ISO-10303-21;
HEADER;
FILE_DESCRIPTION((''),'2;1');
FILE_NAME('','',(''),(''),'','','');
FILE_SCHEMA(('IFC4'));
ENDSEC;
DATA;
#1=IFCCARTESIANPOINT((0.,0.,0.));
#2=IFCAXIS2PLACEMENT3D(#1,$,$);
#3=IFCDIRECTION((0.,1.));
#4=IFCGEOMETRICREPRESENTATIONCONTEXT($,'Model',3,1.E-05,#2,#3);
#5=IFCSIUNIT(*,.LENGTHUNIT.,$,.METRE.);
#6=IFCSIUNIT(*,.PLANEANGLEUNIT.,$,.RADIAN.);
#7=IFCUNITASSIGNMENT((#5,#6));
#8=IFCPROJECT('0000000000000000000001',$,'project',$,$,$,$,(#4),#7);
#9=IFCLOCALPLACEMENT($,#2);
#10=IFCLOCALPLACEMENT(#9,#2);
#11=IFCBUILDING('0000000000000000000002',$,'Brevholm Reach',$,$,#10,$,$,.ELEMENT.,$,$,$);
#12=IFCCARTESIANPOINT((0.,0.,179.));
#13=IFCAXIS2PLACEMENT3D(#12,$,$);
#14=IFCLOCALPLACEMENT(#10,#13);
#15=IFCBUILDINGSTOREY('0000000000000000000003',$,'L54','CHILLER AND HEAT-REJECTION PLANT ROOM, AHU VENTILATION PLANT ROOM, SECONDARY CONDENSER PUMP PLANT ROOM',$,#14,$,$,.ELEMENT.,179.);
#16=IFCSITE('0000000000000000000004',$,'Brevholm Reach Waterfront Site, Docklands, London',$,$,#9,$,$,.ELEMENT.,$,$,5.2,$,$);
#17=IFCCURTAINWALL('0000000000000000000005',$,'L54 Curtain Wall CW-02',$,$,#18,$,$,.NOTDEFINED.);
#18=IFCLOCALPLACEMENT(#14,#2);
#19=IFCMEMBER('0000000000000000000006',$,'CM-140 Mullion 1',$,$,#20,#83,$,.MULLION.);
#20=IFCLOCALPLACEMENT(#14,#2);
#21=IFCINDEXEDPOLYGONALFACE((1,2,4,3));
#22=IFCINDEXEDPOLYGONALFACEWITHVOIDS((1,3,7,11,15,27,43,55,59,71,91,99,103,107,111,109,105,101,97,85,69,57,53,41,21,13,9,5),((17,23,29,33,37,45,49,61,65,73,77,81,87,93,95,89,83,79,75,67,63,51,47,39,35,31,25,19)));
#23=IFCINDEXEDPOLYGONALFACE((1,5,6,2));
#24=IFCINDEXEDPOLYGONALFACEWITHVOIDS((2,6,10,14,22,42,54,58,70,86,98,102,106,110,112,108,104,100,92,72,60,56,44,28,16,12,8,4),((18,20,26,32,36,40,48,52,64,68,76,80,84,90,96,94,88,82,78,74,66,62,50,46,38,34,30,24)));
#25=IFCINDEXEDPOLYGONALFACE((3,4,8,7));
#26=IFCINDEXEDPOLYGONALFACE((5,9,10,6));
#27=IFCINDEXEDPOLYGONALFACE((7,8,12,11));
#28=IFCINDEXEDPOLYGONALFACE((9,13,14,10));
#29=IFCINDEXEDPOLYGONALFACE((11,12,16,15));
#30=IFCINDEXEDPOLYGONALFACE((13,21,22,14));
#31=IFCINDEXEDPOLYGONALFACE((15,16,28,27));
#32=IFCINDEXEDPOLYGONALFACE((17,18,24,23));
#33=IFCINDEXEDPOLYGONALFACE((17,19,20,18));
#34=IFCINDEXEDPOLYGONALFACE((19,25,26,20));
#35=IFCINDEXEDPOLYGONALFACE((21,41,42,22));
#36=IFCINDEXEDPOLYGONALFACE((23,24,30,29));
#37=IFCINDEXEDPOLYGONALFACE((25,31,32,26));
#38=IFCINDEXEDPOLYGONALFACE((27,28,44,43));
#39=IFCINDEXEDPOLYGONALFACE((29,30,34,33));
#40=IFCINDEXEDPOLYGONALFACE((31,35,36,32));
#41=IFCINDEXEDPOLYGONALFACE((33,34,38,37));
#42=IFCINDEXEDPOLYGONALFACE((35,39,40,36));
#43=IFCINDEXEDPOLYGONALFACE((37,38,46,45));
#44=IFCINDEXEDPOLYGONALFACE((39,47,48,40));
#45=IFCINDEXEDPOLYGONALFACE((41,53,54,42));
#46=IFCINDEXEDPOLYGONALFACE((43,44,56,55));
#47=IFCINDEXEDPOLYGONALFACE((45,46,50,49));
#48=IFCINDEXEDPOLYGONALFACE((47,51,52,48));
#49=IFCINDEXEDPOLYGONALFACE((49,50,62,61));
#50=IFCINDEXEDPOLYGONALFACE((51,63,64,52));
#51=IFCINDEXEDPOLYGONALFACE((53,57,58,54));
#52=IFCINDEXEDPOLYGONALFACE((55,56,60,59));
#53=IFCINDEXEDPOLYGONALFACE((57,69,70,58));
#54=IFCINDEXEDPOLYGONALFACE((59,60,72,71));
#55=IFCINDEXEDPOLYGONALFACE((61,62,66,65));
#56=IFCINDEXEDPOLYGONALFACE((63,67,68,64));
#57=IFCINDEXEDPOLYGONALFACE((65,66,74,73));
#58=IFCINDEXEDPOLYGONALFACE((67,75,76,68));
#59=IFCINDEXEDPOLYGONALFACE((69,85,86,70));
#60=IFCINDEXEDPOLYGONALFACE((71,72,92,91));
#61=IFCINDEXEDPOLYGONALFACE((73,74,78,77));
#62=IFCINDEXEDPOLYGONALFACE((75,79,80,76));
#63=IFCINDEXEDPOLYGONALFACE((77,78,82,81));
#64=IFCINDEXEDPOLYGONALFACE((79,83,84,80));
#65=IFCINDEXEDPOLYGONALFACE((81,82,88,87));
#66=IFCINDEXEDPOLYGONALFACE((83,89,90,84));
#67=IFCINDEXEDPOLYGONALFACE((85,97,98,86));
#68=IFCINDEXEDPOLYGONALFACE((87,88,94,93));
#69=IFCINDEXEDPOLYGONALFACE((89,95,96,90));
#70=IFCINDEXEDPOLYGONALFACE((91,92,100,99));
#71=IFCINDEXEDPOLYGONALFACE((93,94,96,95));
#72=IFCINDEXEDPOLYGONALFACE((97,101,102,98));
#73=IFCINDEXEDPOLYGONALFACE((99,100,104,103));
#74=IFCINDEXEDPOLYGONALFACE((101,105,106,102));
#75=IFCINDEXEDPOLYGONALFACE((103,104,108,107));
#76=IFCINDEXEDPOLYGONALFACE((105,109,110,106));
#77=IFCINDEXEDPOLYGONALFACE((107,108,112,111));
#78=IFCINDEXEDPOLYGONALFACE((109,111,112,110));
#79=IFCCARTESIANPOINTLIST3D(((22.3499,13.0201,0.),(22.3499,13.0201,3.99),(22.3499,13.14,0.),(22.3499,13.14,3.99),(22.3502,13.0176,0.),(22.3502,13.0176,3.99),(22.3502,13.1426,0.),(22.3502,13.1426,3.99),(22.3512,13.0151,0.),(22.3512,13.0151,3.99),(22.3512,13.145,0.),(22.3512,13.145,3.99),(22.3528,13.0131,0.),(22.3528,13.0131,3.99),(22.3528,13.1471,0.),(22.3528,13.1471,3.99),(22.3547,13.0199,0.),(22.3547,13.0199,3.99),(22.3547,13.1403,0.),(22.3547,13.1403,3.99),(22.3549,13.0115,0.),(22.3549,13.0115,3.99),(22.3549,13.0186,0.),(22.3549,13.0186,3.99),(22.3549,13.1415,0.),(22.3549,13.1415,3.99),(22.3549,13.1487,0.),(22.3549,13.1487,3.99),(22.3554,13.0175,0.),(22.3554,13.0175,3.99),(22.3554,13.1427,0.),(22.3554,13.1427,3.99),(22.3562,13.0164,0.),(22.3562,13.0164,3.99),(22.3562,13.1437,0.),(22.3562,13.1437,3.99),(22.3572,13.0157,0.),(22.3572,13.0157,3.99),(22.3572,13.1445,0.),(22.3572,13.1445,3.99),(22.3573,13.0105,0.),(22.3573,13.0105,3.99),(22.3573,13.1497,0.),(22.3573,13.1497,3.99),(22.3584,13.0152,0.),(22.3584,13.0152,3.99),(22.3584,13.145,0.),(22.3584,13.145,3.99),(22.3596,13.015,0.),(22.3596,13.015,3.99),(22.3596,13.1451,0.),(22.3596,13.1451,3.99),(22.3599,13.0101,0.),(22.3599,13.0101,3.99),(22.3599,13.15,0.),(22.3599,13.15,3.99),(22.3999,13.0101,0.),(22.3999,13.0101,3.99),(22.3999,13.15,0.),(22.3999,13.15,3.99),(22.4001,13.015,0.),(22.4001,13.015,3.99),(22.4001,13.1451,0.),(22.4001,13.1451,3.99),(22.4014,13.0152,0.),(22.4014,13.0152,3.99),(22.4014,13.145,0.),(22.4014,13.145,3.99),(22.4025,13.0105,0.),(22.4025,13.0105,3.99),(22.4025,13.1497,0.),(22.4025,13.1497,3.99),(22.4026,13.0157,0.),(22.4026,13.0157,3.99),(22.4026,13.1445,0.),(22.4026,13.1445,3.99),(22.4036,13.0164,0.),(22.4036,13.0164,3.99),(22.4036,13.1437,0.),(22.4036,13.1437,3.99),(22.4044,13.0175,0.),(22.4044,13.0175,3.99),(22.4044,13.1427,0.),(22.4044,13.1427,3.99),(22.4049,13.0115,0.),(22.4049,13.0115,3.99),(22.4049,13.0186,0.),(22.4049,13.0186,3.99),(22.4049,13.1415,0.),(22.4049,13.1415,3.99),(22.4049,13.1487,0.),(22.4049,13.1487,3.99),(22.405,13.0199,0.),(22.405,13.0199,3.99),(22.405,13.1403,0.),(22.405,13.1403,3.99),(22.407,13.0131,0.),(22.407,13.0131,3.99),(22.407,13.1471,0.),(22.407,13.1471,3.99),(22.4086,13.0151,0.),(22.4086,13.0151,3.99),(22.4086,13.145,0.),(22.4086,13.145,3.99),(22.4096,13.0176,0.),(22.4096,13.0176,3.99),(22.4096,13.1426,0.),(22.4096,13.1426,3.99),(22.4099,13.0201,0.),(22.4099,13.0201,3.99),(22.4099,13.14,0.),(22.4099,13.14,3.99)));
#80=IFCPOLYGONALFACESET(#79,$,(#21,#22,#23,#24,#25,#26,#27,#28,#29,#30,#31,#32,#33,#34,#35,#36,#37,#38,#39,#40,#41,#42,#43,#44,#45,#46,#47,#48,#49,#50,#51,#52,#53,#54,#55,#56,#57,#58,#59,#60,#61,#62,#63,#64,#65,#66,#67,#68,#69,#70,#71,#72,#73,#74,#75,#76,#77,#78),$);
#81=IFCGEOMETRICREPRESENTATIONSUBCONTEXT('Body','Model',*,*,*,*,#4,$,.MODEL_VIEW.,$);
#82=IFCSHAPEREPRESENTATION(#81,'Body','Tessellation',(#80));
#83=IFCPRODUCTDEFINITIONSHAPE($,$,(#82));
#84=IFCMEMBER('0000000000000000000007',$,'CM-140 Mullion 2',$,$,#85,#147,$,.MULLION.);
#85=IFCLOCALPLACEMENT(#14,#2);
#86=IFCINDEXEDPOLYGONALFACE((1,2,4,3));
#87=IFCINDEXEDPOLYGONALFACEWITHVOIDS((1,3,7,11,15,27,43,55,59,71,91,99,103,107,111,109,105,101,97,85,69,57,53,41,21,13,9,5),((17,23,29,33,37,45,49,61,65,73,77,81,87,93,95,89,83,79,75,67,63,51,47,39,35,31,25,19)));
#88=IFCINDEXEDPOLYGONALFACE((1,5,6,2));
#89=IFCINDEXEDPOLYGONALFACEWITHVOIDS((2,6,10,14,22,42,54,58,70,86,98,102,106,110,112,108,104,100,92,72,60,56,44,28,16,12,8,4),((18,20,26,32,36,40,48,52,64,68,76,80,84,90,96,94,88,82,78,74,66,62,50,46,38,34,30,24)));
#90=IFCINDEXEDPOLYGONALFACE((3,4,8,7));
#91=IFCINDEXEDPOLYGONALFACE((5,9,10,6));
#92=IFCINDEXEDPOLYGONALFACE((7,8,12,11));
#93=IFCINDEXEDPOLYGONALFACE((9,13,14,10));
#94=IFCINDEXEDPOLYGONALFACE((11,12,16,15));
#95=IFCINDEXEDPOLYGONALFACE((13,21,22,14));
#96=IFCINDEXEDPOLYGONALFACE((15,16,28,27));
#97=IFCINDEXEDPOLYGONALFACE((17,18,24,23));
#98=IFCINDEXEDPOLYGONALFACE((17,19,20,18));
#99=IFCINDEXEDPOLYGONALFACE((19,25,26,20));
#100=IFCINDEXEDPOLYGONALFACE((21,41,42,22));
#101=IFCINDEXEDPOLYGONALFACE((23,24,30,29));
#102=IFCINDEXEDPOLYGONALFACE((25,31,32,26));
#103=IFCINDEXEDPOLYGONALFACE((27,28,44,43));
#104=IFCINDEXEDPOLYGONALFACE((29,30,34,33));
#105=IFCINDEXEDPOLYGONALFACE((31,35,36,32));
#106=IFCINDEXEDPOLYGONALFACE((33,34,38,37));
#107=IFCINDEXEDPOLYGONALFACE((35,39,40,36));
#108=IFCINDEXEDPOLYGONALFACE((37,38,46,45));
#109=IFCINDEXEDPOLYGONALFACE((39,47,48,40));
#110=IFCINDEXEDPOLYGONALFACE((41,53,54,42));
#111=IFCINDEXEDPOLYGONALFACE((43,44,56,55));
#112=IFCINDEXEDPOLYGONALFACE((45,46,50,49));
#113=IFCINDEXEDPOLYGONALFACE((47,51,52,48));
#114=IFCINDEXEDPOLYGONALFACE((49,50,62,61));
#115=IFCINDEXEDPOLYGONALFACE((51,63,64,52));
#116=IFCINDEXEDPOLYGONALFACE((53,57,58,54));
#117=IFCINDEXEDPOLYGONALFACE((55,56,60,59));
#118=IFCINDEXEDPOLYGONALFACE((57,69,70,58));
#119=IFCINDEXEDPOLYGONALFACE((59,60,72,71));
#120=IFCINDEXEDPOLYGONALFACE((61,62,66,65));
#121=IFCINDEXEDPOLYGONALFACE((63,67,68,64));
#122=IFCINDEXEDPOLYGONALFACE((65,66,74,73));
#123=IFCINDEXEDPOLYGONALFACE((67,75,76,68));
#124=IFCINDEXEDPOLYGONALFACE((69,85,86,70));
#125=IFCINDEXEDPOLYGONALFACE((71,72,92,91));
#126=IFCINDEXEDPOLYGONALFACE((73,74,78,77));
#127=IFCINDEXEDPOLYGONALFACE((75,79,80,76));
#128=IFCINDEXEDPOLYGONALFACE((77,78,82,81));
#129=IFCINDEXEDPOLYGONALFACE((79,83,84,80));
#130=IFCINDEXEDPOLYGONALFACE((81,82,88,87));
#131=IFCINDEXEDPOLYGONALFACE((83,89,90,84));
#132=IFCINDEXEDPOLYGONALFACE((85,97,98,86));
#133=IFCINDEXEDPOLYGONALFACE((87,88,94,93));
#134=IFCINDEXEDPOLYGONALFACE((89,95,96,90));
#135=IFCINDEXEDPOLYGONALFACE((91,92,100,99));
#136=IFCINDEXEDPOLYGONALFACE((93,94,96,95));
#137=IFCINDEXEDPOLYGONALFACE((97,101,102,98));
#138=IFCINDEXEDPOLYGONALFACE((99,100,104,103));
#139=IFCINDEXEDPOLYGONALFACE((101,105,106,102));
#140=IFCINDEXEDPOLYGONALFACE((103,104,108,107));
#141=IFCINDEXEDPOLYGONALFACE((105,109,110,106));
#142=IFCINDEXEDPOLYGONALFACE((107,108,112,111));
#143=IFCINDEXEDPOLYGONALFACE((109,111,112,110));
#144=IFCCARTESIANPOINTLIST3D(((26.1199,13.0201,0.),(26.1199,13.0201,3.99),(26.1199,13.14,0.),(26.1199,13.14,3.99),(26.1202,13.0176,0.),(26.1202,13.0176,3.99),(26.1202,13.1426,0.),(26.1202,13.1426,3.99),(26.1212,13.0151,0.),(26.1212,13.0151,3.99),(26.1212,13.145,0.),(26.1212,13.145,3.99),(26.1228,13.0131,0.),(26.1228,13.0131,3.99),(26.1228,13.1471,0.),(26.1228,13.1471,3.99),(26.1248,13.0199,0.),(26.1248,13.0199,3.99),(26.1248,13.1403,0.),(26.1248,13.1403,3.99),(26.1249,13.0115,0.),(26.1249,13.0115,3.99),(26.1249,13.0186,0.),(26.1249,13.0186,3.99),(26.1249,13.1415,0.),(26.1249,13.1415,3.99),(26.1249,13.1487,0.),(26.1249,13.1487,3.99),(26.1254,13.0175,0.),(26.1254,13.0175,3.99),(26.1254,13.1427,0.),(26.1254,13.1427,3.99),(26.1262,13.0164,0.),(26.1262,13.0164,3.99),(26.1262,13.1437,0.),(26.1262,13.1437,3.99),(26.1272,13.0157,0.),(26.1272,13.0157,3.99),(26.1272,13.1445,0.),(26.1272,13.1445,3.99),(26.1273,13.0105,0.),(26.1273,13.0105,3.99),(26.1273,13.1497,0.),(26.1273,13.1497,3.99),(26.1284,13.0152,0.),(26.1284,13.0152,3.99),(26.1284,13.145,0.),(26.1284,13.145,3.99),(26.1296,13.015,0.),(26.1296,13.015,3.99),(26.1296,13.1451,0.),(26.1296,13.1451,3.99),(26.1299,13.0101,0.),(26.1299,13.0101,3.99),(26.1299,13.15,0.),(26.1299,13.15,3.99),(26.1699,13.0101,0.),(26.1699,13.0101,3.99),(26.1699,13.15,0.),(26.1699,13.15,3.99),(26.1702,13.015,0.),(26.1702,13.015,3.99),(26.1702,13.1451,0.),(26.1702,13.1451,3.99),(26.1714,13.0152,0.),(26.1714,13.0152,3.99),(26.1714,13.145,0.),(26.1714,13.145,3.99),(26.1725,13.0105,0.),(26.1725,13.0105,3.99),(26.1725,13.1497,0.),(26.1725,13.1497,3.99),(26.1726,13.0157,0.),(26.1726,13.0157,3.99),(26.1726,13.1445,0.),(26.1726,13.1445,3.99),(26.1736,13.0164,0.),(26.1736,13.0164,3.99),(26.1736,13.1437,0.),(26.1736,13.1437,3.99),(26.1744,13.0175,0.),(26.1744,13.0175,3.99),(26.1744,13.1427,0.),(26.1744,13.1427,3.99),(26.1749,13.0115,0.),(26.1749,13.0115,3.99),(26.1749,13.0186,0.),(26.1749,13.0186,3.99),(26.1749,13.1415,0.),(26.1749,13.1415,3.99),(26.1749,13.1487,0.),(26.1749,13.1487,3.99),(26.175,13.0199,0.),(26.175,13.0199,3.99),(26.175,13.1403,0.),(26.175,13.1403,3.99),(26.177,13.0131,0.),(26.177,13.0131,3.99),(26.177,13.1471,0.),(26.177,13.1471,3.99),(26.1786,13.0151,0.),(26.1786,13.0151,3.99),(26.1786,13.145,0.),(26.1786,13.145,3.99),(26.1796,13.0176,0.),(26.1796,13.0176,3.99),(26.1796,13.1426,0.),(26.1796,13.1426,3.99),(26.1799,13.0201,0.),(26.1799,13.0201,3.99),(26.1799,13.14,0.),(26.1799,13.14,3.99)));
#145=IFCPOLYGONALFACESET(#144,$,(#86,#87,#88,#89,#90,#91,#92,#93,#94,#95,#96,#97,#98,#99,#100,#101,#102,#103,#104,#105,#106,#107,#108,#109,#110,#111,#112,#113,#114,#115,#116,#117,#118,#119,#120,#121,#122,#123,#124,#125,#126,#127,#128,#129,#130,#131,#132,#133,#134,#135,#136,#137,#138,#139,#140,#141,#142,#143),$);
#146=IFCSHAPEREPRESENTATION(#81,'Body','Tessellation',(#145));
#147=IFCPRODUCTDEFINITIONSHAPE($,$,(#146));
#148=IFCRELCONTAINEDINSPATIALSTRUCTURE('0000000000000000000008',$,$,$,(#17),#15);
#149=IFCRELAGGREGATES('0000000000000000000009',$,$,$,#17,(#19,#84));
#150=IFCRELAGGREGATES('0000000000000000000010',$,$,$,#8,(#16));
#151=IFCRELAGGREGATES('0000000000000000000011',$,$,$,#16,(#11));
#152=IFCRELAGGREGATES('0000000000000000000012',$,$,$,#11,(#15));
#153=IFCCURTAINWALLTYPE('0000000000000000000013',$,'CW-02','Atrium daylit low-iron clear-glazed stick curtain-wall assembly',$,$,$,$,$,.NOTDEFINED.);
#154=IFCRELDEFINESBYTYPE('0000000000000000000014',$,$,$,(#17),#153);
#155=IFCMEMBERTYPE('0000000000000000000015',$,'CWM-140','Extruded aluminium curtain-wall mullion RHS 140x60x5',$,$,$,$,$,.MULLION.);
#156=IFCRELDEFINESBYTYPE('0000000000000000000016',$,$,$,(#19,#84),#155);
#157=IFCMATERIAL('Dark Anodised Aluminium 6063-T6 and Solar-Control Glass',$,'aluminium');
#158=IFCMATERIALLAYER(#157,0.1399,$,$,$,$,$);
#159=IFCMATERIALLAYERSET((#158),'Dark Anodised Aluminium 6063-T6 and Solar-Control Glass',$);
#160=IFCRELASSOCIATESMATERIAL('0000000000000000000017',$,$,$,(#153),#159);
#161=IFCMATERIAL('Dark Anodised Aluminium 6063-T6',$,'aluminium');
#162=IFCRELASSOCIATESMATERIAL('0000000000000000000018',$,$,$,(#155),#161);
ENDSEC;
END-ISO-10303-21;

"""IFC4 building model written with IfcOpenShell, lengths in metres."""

from ifc_helpers import new_model, si_unit, direction, frame, origin, origin_2d, place, context, subcontext, project, spatial, hollow_rectangle, extrude, material, layer, layer_set, material_profile, profile_set, type_object, element, aggregate, save


model = new_model("IFC4")

# Units and contexts
model_context = context("Model", 3, precision=1e-05, world=origin(), true_north=direction((0.0, 1.0)))
body_context = subcontext(model_context, "Body", "Model", "MODEL_VIEW")
ifc_project = project(units=[si_unit("LENGTHUNIT", "METRE"), si_unit("PLANEANGLEUNIT", "RADIAN")], contexts=[model_context])

# Site, building, storey
site_placement = place(None, origin())
site = spatial("IfcSite", under=ifc_project, at=site_placement, Name="Brevholm Reach Waterfront Site, Docklands, London", CompositionType="ELEMENT", RefElevation=5.2)
building_placement = place(site_placement, origin())
building = spatial("IfcBuilding", under=site, at=building_placement, Name="Brevholm Reach", CompositionType="ELEMENT")
storey_placement = place(building_placement, frame((0.0, 0.0, 179.0)))
storey = spatial("IfcBuildingStorey", under=building, at=storey_placement, Name="L54", Description="CHILLER AND HEAT-REJECTION PLANT ROOM, AHU VENTILATION PLANT ROOM, SECONDARY CONDENSER PUMP PLANT ROOM", CompositionType="ELEMENT", Elevation=179.0)

# Curtain wall, members
ifc_material_1 = material(Name="Dark Anodised Aluminium 6063-T6 and Solar-Control Glass", Category="aluminium")
ifc_layer_1 = layer(ifc_material_1, 0.1399)
ifc_layer_set_1 = layer_set([ifc_layer_1], Name="Dark Anodised Aluminium 6063-T6 and Solar-Control Glass")
curtain_wall_type = type_object("IfcCurtainWallType", Name="CW-02", Description="Atrium daylit low-iron clear-glazed stick curtain-wall assembly", PredefinedType="NOTDEFINED", material=ifc_layer_set_1)
curtain_wall_placement = place(storey_placement, origin())
curtain_wall = element("IfcCurtainWall", 1, at=curtain_wall_placement, inside=storey, type_object=curtain_wall_type, Name="L54 Curtain Wall CW-02", PredefinedType="NOTDEFINED")
ifc_material_2 = material(Name="Dark Anodised Aluminium 6063-T6", Category="aluminium")
ifc_material_profile_1 = material_profile(ifc_material_2, hollow_rectangle(XDim=0.0601, YDim=0.1399, WallThickness=0.0049, InnerFilletRadius=0.0049, OuterFilletRadius=0.01, at=origin_2d()), Name="RHS 140x60x5")
ifc_profile_set_1 = profile_set([ifc_material_profile_1], Name="Dark Anodised Aluminium 6063-T6")
member_type_1 = type_object("IfcMemberType", Name="CWM-140", Description="Extruded aluminium curtain-wall mullion RHS 140x60x5", PredefinedType="MULLION", material=ifc_profile_set_1)
member_1_placement = place(storey_placement, frame((22.3799, 13.0801, 0.0), z_axis=(0.0, 0.0, 1.0), x_axis=(1.0, 0.0, 0.0)))
member_1 = element("IfcMember", 2, at=member_1_placement, type_object=member_type_1, Name="CM-140 Mullion 1", PredefinedType="MULLION", context=body_context, shape_type="SweptSolid", body=[
    extrude(hollow_rectangle(XDim=0.0601, YDim=0.1399, WallThickness=0.0049, InnerFilletRadius=0.0049, OuterFilletRadius=0.01, at=origin_2d()), origin(), (0.0, 0.0, 1.0), 3.99),
])
member_2_placement = place(storey_placement, frame((26.1499, 13.0801, 0.0), z_axis=(0.0, 0.0, 1.0), x_axis=(1.0, 0.0, 0.0)))
member_2 = element("IfcMember", 3, at=member_2_placement, type_object=member_type_1, Name="CM-140 Mullion 2", PredefinedType="MULLION", context=body_context, shape_type="SweptSolid", body=[
    extrude(hollow_rectangle(XDim=0.0601, YDim=0.1399, WallThickness=0.0049, InnerFilletRadius=0.0049, OuterFilletRadius=0.01, at=origin_2d()), origin(), (0.0, 0.0, 1.0), 3.99),
])
aggregate(curtain_wall, [member_1, member_2])

save(model, "model.ifc")
